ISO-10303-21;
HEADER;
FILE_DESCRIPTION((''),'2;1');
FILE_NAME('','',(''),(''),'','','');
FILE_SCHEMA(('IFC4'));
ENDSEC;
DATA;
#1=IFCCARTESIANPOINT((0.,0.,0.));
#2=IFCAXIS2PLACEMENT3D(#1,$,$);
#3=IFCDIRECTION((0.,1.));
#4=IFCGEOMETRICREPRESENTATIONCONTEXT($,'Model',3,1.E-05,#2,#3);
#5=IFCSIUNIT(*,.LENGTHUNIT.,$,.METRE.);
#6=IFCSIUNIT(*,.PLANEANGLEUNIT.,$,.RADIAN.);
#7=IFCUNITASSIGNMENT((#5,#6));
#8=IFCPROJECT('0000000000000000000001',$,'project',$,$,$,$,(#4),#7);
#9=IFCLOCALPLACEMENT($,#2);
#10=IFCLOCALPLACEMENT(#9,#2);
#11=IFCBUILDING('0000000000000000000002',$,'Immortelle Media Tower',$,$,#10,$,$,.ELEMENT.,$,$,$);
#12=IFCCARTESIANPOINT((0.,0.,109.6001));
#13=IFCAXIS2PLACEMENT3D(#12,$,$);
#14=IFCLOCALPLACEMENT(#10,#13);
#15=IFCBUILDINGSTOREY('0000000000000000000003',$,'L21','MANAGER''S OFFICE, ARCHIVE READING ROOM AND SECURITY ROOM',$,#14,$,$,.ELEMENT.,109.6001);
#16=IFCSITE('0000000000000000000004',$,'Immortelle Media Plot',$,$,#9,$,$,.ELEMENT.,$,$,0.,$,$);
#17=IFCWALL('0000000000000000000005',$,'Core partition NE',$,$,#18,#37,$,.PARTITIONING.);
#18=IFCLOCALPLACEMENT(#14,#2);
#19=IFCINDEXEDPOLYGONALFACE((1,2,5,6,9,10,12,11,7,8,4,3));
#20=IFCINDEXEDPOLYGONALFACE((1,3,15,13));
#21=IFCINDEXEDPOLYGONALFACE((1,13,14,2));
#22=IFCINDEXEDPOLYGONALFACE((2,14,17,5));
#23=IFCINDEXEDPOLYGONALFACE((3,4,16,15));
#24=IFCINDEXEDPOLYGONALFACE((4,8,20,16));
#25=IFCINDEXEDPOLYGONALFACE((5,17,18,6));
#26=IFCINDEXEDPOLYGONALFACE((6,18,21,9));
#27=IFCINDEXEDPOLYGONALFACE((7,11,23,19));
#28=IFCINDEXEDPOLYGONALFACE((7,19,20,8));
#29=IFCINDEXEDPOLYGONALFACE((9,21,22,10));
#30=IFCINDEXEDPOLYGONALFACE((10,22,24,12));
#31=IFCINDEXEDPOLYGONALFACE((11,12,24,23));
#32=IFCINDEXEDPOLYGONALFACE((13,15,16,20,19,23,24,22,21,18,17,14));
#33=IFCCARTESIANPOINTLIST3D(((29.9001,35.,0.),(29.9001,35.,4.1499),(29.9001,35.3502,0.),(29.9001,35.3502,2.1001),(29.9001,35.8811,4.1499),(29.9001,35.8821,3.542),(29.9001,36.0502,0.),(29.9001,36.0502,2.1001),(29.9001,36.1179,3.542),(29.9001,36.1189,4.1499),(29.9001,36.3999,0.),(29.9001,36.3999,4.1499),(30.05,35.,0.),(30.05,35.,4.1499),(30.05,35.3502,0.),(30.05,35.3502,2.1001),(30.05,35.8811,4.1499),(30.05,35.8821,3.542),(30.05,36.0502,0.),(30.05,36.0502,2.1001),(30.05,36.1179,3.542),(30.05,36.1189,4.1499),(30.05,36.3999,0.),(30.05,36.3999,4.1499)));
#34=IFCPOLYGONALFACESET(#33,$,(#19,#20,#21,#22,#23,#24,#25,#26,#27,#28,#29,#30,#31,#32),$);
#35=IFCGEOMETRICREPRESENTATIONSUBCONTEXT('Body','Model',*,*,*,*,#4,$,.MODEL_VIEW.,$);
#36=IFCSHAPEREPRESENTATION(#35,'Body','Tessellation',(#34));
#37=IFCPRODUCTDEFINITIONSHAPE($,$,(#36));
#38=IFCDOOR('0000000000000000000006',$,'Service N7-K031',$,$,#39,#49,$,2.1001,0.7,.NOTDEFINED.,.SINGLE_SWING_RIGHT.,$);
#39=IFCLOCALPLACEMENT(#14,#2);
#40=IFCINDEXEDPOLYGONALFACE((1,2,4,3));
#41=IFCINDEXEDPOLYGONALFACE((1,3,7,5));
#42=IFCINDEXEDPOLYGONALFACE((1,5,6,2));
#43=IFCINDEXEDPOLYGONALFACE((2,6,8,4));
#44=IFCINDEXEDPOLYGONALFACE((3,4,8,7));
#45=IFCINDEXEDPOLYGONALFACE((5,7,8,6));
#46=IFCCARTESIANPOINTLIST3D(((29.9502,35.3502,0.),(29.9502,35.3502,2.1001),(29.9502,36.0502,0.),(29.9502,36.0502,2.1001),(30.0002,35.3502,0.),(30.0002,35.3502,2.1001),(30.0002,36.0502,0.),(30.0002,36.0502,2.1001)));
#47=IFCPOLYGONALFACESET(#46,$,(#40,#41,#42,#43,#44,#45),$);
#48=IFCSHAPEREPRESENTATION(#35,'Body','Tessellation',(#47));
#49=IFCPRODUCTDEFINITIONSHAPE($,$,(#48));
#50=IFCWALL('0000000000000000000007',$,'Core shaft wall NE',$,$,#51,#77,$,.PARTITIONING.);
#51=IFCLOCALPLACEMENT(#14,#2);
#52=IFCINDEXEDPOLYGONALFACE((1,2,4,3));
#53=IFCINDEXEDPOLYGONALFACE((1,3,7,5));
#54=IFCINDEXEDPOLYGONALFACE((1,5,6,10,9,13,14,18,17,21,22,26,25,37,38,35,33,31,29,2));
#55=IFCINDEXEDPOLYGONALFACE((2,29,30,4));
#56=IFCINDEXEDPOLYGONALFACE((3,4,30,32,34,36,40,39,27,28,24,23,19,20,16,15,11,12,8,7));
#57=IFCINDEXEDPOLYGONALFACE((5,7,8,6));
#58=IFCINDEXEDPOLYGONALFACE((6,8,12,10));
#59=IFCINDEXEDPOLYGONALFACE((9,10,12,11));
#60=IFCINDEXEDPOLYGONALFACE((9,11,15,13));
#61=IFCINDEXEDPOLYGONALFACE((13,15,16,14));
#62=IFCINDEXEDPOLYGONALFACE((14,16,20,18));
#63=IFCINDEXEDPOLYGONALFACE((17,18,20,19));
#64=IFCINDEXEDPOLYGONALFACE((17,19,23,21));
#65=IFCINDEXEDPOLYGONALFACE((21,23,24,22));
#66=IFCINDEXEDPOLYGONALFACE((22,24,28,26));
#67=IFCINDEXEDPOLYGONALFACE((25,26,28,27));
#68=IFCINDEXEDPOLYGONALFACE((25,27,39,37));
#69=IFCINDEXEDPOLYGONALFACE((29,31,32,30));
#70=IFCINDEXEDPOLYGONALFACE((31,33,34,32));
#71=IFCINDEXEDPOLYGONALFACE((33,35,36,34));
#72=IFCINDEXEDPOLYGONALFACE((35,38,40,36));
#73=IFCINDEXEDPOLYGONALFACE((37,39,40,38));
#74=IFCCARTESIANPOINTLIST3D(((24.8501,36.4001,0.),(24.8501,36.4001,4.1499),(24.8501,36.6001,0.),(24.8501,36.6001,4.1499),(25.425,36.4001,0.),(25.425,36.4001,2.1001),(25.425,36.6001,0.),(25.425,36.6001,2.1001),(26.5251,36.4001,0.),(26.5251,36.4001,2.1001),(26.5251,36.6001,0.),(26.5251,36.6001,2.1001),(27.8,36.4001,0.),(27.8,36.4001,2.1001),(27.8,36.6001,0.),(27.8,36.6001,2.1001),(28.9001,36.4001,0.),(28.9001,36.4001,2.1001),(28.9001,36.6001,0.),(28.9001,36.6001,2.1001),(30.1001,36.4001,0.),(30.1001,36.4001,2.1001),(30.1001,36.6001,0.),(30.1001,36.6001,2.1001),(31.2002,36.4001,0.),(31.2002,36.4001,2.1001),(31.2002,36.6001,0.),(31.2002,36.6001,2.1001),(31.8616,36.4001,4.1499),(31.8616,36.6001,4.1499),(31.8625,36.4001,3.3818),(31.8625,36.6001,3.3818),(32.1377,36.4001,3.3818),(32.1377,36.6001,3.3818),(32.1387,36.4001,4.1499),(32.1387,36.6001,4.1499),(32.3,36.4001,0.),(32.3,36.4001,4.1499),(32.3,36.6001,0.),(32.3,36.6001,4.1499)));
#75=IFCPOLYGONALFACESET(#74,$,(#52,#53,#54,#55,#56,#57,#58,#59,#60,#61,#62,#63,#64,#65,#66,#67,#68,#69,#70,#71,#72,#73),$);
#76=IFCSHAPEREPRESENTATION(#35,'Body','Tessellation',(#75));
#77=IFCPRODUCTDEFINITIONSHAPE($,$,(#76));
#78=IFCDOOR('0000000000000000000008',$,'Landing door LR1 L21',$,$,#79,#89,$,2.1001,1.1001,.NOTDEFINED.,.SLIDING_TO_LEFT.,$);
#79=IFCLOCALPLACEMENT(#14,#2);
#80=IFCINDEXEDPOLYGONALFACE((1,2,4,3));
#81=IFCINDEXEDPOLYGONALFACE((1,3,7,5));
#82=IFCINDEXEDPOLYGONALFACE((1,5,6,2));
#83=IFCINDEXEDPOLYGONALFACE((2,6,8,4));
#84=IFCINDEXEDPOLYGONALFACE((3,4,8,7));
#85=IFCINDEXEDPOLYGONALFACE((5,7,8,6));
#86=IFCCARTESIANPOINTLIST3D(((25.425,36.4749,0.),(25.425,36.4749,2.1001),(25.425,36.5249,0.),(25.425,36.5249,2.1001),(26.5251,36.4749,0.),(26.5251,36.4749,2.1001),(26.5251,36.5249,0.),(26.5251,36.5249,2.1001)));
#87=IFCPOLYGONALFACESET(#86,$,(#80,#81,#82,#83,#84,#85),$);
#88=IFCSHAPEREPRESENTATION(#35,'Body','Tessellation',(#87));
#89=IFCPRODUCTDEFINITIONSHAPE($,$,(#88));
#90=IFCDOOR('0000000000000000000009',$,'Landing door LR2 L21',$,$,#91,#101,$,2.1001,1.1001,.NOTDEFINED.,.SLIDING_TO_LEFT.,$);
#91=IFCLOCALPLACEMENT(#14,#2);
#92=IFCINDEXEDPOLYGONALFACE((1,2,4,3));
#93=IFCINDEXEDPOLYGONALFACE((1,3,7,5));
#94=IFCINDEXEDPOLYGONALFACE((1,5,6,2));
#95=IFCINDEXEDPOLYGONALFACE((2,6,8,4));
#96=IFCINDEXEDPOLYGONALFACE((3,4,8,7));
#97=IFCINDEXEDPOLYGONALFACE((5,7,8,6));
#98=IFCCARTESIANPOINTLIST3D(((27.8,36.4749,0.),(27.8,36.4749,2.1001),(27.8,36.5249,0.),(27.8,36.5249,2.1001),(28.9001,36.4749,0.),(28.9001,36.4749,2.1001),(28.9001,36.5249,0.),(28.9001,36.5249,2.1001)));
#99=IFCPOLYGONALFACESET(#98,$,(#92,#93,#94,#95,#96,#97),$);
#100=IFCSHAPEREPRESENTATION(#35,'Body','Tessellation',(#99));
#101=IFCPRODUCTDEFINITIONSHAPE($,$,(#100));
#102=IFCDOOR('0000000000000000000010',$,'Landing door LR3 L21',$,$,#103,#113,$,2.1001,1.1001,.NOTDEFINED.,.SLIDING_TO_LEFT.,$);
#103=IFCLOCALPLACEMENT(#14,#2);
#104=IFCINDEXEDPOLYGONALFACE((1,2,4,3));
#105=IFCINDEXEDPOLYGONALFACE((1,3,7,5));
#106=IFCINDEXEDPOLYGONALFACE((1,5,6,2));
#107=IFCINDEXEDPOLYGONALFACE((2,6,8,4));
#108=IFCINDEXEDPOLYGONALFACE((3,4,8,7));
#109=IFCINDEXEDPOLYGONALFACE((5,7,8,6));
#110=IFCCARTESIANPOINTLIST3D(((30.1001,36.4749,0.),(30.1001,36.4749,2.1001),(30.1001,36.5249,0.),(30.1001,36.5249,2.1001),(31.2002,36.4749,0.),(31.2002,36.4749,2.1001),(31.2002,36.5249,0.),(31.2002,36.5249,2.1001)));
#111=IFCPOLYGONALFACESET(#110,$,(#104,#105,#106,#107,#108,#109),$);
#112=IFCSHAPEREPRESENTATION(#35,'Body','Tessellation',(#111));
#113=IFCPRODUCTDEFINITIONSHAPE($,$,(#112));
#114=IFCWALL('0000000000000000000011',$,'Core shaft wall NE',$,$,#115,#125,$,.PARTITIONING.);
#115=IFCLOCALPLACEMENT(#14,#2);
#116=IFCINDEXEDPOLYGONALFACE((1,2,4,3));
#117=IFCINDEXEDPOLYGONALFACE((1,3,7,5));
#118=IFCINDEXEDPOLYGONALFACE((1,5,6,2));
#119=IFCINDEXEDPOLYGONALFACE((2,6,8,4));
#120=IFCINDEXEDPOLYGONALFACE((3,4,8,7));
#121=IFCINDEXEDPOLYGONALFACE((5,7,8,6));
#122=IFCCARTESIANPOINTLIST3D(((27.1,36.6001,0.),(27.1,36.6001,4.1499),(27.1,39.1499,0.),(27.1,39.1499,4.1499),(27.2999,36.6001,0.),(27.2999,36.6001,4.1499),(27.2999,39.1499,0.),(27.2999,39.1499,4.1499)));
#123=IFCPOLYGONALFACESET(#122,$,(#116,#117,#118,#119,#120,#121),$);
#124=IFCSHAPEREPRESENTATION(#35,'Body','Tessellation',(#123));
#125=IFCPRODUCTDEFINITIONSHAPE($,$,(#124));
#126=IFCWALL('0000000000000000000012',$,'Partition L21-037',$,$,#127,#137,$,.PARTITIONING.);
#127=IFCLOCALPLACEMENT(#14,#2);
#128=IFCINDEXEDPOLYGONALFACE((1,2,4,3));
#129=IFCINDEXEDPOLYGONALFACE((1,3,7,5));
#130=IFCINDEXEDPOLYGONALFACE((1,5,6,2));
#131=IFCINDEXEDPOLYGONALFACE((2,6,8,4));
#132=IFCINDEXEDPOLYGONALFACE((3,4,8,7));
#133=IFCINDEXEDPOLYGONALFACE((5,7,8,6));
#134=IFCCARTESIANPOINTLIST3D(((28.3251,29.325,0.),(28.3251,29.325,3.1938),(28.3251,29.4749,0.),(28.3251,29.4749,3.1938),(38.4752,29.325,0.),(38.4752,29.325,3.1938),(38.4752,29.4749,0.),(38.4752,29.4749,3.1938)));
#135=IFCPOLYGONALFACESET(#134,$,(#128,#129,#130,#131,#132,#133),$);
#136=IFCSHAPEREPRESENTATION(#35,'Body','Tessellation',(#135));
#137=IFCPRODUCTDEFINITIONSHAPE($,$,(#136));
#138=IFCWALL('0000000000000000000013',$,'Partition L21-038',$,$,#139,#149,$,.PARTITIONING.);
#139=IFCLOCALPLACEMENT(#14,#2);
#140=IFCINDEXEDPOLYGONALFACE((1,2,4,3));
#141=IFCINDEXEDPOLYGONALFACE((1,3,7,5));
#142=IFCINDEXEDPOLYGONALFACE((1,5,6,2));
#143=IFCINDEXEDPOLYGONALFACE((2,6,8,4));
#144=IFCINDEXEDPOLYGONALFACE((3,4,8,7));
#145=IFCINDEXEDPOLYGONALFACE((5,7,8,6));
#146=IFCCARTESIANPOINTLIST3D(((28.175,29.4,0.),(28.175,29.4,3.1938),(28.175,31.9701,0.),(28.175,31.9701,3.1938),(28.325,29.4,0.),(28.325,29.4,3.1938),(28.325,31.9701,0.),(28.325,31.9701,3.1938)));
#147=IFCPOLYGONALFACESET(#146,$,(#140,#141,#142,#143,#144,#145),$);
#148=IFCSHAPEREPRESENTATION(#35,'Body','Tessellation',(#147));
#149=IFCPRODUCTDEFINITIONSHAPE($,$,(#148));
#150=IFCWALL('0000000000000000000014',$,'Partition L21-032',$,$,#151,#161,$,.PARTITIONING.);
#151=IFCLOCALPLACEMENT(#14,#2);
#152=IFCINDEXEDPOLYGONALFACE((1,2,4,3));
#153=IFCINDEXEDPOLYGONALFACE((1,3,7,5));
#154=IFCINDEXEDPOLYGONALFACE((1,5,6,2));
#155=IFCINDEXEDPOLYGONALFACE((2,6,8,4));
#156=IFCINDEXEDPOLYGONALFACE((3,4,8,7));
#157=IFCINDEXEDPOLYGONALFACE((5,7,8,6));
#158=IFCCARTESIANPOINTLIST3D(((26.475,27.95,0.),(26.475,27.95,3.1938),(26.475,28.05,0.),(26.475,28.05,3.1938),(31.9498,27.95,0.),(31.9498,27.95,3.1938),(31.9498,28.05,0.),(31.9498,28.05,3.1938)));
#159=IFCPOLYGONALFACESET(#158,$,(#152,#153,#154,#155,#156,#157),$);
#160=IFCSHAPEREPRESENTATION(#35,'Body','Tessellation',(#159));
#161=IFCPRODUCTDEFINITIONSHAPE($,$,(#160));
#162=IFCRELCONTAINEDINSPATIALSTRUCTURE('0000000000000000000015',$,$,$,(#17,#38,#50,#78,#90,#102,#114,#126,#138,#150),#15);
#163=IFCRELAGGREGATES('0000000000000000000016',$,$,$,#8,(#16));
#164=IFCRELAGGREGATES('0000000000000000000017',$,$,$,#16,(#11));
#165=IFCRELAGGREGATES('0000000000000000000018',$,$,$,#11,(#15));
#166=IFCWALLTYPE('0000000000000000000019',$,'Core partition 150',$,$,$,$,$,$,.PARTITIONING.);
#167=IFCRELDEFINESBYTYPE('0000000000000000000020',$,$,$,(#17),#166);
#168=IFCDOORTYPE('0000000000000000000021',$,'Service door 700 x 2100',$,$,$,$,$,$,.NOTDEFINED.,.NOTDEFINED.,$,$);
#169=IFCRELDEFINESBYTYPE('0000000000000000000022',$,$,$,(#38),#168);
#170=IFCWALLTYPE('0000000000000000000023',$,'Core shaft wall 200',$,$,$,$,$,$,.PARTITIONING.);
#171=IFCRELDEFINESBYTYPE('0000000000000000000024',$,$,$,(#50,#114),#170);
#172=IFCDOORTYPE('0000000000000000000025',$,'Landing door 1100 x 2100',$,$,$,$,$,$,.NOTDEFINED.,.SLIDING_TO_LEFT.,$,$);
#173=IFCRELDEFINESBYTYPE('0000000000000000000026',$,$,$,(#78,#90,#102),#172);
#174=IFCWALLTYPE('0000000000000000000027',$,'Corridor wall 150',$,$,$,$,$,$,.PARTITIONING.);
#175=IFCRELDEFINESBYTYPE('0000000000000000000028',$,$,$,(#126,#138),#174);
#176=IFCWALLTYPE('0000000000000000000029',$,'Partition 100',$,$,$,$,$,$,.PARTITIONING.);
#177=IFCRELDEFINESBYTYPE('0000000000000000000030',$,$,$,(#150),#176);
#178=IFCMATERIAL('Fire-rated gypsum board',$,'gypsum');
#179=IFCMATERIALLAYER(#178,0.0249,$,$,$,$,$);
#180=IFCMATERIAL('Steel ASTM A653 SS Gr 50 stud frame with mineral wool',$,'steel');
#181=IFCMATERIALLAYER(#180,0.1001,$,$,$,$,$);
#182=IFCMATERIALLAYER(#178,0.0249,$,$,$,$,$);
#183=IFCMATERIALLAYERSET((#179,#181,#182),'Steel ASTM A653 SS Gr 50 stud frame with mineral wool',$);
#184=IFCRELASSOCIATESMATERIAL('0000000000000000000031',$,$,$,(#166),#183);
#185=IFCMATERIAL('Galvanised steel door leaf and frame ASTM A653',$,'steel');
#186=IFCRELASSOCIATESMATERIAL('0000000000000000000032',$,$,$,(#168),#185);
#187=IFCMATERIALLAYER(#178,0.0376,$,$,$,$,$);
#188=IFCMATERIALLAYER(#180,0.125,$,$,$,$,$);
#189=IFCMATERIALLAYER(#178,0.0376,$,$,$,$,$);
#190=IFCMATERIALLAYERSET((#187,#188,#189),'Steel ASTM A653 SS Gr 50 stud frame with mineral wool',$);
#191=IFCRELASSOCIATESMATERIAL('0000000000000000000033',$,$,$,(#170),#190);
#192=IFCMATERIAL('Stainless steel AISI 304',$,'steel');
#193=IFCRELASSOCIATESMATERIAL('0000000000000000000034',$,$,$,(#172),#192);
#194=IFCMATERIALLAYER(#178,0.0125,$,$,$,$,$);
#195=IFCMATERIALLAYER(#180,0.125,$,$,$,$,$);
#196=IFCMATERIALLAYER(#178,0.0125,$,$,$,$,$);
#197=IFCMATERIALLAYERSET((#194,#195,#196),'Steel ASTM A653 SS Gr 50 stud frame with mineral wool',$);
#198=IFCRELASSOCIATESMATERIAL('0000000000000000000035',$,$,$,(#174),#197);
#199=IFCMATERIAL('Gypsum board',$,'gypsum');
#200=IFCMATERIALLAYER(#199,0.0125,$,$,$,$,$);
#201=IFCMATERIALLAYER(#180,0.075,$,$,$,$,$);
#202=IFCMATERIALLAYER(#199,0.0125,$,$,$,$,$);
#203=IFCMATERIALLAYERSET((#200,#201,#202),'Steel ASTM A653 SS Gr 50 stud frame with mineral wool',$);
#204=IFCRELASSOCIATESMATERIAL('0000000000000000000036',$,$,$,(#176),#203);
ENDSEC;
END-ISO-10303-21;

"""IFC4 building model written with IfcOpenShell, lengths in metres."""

from ifc_helpers import new_model, si_unit, direction, frame, frame_2d, origin, place, context, subcontext, project, spatial, polyline, rectangle, outline, extrude, material, layer, layer_set, type_object, element, fill, save


model = new_model("IFC4")

# Units and contexts
model_context = context("Model", 3, precision=1e-05, world=origin(), true_north=direction((0.0, 1.0)))
body_context = subcontext(model_context, "Body", "Model", "MODEL_VIEW")
ifc_project = project(units=[si_unit("LENGTHUNIT", "METRE"), si_unit("PLANEANGLEUNIT", "RADIAN")], contexts=[model_context])

# Site, building, storey
site_placement = place(None, origin())
site = spatial("IfcSite", under=ifc_project, at=site_placement, Name="Immortelle Media Plot", CompositionType="ELEMENT", RefElevation=0.0)
building_placement = place(site_placement, origin())
building = spatial("IfcBuilding", under=site, at=building_placement, Name="Immortelle Media Tower", CompositionType="ELEMENT")
storey_placement = place(building_placement, frame((0.0, 0.0, 109.6001)))
storey = spatial("IfcBuildingStorey", under=building, at=storey_placement, Name="L21", Description="MANAGER'S OFFICE, ARCHIVE READING ROOM AND SECURITY ROOM", CompositionType="ELEMENT", Elevation=109.6001)

# Shared definitions
ifc_material_1 = material(Name="Fire-rated gypsum board", Category="gypsum")
ifc_layer_1 = layer(ifc_material_1, 0.0249)
ifc_material_2 = material(Name="Steel ASTM A653 SS Gr 50 stud frame with mineral wool", Category="steel")
ifc_layer_2 = layer(ifc_material_2, 0.1001)
ifc_layer_3 = layer(ifc_material_1, 0.0249)
ifc_layer_set_1 = layer_set([ifc_layer_1, ifc_layer_2, ifc_layer_3], Name="Steel ASTM A653 SS Gr 50 stud frame with mineral wool")
wall_type_1 = type_object("IfcWallType", Name="Core partition 150", PredefinedType="PARTITIONING", material=ifc_layer_set_1)

# Shared definitions
ifc_material_3 = material(Name="Galvanised steel door leaf and frame ASTM A653", Category="steel")

# Wall, opening, door
wall_1_placement = place(storey_placement, frame((29.9751, 35.0, 0.0), z_axis=(0.0, 0.0, 1.0), x_axis=(0.0, 1.0, 0.0)))
wall_1 = element("IfcWall", 1, at=wall_1_placement, inside=storey, type_object=wall_type_1, Name="Core partition NE", PredefinedType="PARTITIONING", context=body_context, shape_type="SweptSolid", body=[
    extrude(outline(polyline([(0.0, 0.0), (1.3999, 0.0), (1.3999, 4.1499), (1.1189, 4.1499), (1.1179, 3.542), (0.8821, 3.542), (0.8811, 4.1499), (0.0, 4.1499), (0.0, 0.0)])), frame((0.0, 0.075, 0.0), z_axis=(0.0, -1.0, 0.0), x_axis=(1.0, 0.0, 0.0)), (0.0, 0.0, 1.0), 0.1499),
])
opening_1_placement = place(wall_1_placement, frame((0.3501, 0.0, 0.0)))
opening_1 = element("IfcOpeningElement", 2, at=opening_1_placement, cuts=wall_1, PredefinedType="OPENING", context=body_context, shape_type="SweptSolid", body=[
    extrude(rectangle(XDim=0.7, YDim=2.1001, at=frame_2d((0.3501, 1.05))), frame((0.0, 0.085, 0.0), z_axis=(0.0, -1.0, 0.0), x_axis=(1.0, 0.0, 0.0)), (0.0, 0.0, 1.0), 0.1699),
])
door_type_1 = type_object("IfcDoorType", Name="Service door 700 x 2100", OperationType="NOTDEFINED", PredefinedType="NOTDEFINED", material=ifc_material_3)
door_1_placement = place(opening_1_placement, origin())
door_1 = element("IfcDoor", 3, at=door_1_placement, inside=storey, type_object=door_type_1, Name="Service N7-K031", OperationType="SINGLE_SWING_RIGHT", OverallHeight=2.1001, OverallWidth=0.7, PredefinedType="NOTDEFINED", context=body_context, shape_type="SweptSolid", body=[
    extrude(rectangle(XDim=0.7, YDim=2.1001, at=frame_2d((0.3501, 1.05))), frame((0.0, 0.0249, 0.0), z_axis=(0.0, -1.0, 0.0), x_axis=(1.0, 0.0, 0.0)), (0.0, 0.0, 1.0), 0.05),
])
fill(opening_1, door_1)

# Wall, openings, doors
ifc_layer_4 = layer(ifc_material_1, 0.0376)
ifc_layer_5 = layer(ifc_material_2, 0.125)
ifc_layer_6 = layer(ifc_material_1, 0.0376)
ifc_layer_set_2 = layer_set([ifc_layer_4, ifc_layer_5, ifc_layer_6], Name="Steel ASTM A653 SS Gr 50 stud frame with mineral wool")
wall_type_2 = type_object("IfcWallType", Name="Core shaft wall 200", PredefinedType="PARTITIONING", material=ifc_layer_set_2)
wall_2_placement = place(storey_placement, frame((24.8501, 36.5, 0.0), z_axis=(0.0, 0.0, 1.0), x_axis=(1.0, 0.0, 0.0)))
wall_2 = element("IfcWall", 4, at=wall_2_placement, inside=storey, type_object=wall_type_2, Name="Core shaft wall NE", PredefinedType="PARTITIONING", context=body_context, shape_type="SweptSolid", body=[
    extrude(outline(polyline([(0.0, 0.0), (7.45, 0.0), (7.45, 4.1499), (7.2886, 4.1499), (7.2876, 3.3818), (7.0125, 3.3818), (7.0115, 4.1499), (0.0, 4.1499), (0.0, 0.0)])), frame((0.0, 0.1001, 0.0), z_axis=(0.0, -1.0, 0.0), x_axis=(1.0, 0.0, 0.0)), (0.0, 0.0, 1.0), 0.2),
])
opening_2_placement = place(wall_2_placement, frame((0.575, 0.0, 0.0)))
opening_2 = element("IfcOpeningElement", 5, at=opening_2_placement, cuts=wall_2, PredefinedType="OPENING", context=body_context, shape_type="SweptSolid", body=[
    extrude(rectangle(XDim=1.1001, YDim=2.1001, at=frame_2d((0.55, 1.05))), frame((0.0, 0.1099, 0.0), z_axis=(0.0, -1.0, 0.0), x_axis=(1.0, 0.0, 0.0)), (0.0, 0.0, 1.0), 0.22),
])
opening_3_placement = place(wall_2_placement, frame((2.95, 0.0, 0.0)))
opening_3 = element("IfcOpeningElement", 6, at=opening_3_placement, cuts=wall_2, PredefinedType="OPENING", context=body_context, shape_type="SweptSolid", body=[
    extrude(rectangle(XDim=1.1001, YDim=2.1001, at=frame_2d((0.55, 1.05))), frame((0.0, 0.1099, 0.0), z_axis=(0.0, -1.0, 0.0), x_axis=(1.0, 0.0, 0.0)), (0.0, 0.0, 1.0), 0.22),
])
opening_4_placement = place(wall_2_placement, frame((5.25, 0.0, 0.0)))
opening_4 = element("IfcOpeningElement", 7, at=opening_4_placement, cuts=wall_2, PredefinedType="OPENING", context=body_context, shape_type="SweptSolid", body=[
    extrude(rectangle(XDim=1.1001, YDim=2.1001, at=frame_2d((0.55, 1.05))), frame((0.0, 0.1099, 0.0), z_axis=(0.0, -1.0, 0.0), x_axis=(1.0, 0.0, 0.0)), (0.0, 0.0, 1.0), 0.22),
])
ifc_material_4 = material(Name="Stainless steel AISI 304", Category="steel")
door_type_2 = type_object("IfcDoorType", Name="Landing door 1100 x 2100", OperationType="SLIDING_TO_LEFT", PredefinedType="NOTDEFINED", material=ifc_material_4)
door_2_placement = place(opening_2_placement, origin())
door_2 = element("IfcDoor", 8, at=door_2_placement, inside=storey, type_object=door_type_2, Name="Landing door LR1 L21", OperationType="SLIDING_TO_LEFT", OverallHeight=2.1001, OverallWidth=1.1001, PredefinedType="NOTDEFINED", context=body_context, shape_type="SweptSolid", body=[
    extrude(rectangle(XDim=1.1001, YDim=2.1001, at=frame_2d((0.55, 1.05))), frame((0.0, 0.0249, 0.0), z_axis=(0.0, -1.0, 0.0), x_axis=(1.0, 0.0, 0.0)), (0.0, 0.0, 1.0), 0.05),
])
fill(opening_2, door_2)
door_3_placement = place(opening_3_placement, origin())
door_3 = element("IfcDoor", 9, at=door_3_placement, inside=storey, type_object=door_type_2, Name="Landing door LR2 L21", OperationType="SLIDING_TO_LEFT", OverallHeight=2.1001, OverallWidth=1.1001, PredefinedType="NOTDEFINED", context=body_context, shape_type="SweptSolid", body=[
    extrude(rectangle(XDim=1.1001, YDim=2.1001, at=frame_2d((0.55, 1.05))), frame((0.0, 0.0249, 0.0), z_axis=(0.0, -1.0, 0.0), x_axis=(1.0, 0.0, 0.0)), (0.0, 0.0, 1.0), 0.05),
])
fill(opening_3, door_3)
door_4_placement = place(opening_4_placement, origin())
door_4 = element("IfcDoor", 10, at=door_4_placement, inside=storey, type_object=door_type_2, Name="Landing door LR3 L21", OperationType="SLIDING_TO_LEFT", OverallHeight=2.1001, OverallWidth=1.1001, PredefinedType="NOTDEFINED", context=body_context, shape_type="SweptSolid", body=[
    extrude(rectangle(XDim=1.1001, YDim=2.1001, at=frame_2d((0.55, 1.05))), frame((0.0, 0.0249, 0.0), z_axis=(0.0, -1.0, 0.0), x_axis=(1.0, 0.0, 0.0)), (0.0, 0.0, 1.0), 0.05),
])
fill(opening_4, door_4)

# Walls
wall_3_placement = place(storey_placement, frame((27.2, 36.6001, 0.0), z_axis=(0.0, 0.0, 1.0), x_axis=(0.0, 1.0, 0.0)))
element("IfcWall", 11, at=wall_3_placement, inside=storey, type_object=wall_type_2, Name="Core shaft wall NE", PredefinedType="PARTITIONING", context=body_context, shape_type="SweptSolid", body=[
    extrude(rectangle(XDim=2.5498, YDim=0.2, at=frame_2d((1.2749, 0.0))), origin(), (0.0, 0.0, 1.0), 4.1499),
])
ifc_layer_7 = layer(ifc_material_1, 0.0125)
ifc_layer_8 = layer(ifc_material_2, 0.125)
ifc_layer_9 = layer(ifc_material_1, 0.0125)
ifc_layer_set_3 = layer_set([ifc_layer_7, ifc_layer_8, ifc_layer_9], Name="Steel ASTM A653 SS Gr 50 stud frame with mineral wool")
wall_type_3 = type_object("IfcWallType", Name="Corridor wall 150", PredefinedType="PARTITIONING", material=ifc_layer_set_3)
wall_4_placement = place(storey_placement, frame((28.325, 29.3999, 0.0), z_axis=(0.0, 0.0, 1.0), x_axis=(1.0, 0.0, 0.0)))
element("IfcWall", 12, at=wall_4_placement, inside=storey, type_object=wall_type_3, Name="Partition L21-037", PredefinedType="PARTITIONING", context=body_context, shape_type="SweptSolid", body=[
    extrude(rectangle(XDim=10.1501, YDim=0.1499, at=frame_2d((5.0752, 0.0))), origin(), (0.0, 0.0, 1.0), 3.1938),
])
wall_5_placement = place(storey_placement, frame((28.25, 29.3999, 0.0), z_axis=(0.0, 0.0, 1.0), x_axis=(0.0, 1.0, 0.0)))
element("IfcWall", 13, at=wall_5_placement, inside=storey, type_object=wall_type_3, Name="Partition L21-038", PredefinedType="PARTITIONING", context=body_context, shape_type="SweptSolid", body=[
    extrude(rectangle(XDim=2.5701, YDim=0.1499, at=frame_2d((1.2852, 0.0))), origin(), (0.0, 0.0, 1.0), 3.1938),
])
ifc_material_5 = material(Name="Gypsum board", Category="gypsum")
ifc_layer_10 = layer(ifc_material_5, 0.0125)
ifc_layer_11 = layer(ifc_material_2, 0.075)
ifc_layer_12 = layer(ifc_material_5, 0.0125)
ifc_layer_set_4 = layer_set([ifc_layer_10, ifc_layer_11, ifc_layer_12], Name="Steel ASTM A653 SS Gr 50 stud frame with mineral wool")
wall_type_4 = type_object("IfcWallType", Name="Partition 100", PredefinedType="PARTITIONING", material=ifc_layer_set_4)
wall_6_placement = place(storey_placement, frame((26.4751, 28.0, 0.0), z_axis=(0.0, 0.0, 1.0), x_axis=(1.0, 0.0, 0.0)))
element("IfcWall", 14, at=wall_6_placement, inside=storey, type_object=wall_type_4, Name="Partition L21-032", PredefinedType="PARTITIONING", context=body_context, shape_type="SweptSolid", body=[
    extrude(rectangle(XDim=5.4749, YDim=0.1001, at=frame_2d((2.7373, 0.0))), origin(), (0.0, 0.0, 1.0), 3.1938),
])

save(model, "model.ifc")
